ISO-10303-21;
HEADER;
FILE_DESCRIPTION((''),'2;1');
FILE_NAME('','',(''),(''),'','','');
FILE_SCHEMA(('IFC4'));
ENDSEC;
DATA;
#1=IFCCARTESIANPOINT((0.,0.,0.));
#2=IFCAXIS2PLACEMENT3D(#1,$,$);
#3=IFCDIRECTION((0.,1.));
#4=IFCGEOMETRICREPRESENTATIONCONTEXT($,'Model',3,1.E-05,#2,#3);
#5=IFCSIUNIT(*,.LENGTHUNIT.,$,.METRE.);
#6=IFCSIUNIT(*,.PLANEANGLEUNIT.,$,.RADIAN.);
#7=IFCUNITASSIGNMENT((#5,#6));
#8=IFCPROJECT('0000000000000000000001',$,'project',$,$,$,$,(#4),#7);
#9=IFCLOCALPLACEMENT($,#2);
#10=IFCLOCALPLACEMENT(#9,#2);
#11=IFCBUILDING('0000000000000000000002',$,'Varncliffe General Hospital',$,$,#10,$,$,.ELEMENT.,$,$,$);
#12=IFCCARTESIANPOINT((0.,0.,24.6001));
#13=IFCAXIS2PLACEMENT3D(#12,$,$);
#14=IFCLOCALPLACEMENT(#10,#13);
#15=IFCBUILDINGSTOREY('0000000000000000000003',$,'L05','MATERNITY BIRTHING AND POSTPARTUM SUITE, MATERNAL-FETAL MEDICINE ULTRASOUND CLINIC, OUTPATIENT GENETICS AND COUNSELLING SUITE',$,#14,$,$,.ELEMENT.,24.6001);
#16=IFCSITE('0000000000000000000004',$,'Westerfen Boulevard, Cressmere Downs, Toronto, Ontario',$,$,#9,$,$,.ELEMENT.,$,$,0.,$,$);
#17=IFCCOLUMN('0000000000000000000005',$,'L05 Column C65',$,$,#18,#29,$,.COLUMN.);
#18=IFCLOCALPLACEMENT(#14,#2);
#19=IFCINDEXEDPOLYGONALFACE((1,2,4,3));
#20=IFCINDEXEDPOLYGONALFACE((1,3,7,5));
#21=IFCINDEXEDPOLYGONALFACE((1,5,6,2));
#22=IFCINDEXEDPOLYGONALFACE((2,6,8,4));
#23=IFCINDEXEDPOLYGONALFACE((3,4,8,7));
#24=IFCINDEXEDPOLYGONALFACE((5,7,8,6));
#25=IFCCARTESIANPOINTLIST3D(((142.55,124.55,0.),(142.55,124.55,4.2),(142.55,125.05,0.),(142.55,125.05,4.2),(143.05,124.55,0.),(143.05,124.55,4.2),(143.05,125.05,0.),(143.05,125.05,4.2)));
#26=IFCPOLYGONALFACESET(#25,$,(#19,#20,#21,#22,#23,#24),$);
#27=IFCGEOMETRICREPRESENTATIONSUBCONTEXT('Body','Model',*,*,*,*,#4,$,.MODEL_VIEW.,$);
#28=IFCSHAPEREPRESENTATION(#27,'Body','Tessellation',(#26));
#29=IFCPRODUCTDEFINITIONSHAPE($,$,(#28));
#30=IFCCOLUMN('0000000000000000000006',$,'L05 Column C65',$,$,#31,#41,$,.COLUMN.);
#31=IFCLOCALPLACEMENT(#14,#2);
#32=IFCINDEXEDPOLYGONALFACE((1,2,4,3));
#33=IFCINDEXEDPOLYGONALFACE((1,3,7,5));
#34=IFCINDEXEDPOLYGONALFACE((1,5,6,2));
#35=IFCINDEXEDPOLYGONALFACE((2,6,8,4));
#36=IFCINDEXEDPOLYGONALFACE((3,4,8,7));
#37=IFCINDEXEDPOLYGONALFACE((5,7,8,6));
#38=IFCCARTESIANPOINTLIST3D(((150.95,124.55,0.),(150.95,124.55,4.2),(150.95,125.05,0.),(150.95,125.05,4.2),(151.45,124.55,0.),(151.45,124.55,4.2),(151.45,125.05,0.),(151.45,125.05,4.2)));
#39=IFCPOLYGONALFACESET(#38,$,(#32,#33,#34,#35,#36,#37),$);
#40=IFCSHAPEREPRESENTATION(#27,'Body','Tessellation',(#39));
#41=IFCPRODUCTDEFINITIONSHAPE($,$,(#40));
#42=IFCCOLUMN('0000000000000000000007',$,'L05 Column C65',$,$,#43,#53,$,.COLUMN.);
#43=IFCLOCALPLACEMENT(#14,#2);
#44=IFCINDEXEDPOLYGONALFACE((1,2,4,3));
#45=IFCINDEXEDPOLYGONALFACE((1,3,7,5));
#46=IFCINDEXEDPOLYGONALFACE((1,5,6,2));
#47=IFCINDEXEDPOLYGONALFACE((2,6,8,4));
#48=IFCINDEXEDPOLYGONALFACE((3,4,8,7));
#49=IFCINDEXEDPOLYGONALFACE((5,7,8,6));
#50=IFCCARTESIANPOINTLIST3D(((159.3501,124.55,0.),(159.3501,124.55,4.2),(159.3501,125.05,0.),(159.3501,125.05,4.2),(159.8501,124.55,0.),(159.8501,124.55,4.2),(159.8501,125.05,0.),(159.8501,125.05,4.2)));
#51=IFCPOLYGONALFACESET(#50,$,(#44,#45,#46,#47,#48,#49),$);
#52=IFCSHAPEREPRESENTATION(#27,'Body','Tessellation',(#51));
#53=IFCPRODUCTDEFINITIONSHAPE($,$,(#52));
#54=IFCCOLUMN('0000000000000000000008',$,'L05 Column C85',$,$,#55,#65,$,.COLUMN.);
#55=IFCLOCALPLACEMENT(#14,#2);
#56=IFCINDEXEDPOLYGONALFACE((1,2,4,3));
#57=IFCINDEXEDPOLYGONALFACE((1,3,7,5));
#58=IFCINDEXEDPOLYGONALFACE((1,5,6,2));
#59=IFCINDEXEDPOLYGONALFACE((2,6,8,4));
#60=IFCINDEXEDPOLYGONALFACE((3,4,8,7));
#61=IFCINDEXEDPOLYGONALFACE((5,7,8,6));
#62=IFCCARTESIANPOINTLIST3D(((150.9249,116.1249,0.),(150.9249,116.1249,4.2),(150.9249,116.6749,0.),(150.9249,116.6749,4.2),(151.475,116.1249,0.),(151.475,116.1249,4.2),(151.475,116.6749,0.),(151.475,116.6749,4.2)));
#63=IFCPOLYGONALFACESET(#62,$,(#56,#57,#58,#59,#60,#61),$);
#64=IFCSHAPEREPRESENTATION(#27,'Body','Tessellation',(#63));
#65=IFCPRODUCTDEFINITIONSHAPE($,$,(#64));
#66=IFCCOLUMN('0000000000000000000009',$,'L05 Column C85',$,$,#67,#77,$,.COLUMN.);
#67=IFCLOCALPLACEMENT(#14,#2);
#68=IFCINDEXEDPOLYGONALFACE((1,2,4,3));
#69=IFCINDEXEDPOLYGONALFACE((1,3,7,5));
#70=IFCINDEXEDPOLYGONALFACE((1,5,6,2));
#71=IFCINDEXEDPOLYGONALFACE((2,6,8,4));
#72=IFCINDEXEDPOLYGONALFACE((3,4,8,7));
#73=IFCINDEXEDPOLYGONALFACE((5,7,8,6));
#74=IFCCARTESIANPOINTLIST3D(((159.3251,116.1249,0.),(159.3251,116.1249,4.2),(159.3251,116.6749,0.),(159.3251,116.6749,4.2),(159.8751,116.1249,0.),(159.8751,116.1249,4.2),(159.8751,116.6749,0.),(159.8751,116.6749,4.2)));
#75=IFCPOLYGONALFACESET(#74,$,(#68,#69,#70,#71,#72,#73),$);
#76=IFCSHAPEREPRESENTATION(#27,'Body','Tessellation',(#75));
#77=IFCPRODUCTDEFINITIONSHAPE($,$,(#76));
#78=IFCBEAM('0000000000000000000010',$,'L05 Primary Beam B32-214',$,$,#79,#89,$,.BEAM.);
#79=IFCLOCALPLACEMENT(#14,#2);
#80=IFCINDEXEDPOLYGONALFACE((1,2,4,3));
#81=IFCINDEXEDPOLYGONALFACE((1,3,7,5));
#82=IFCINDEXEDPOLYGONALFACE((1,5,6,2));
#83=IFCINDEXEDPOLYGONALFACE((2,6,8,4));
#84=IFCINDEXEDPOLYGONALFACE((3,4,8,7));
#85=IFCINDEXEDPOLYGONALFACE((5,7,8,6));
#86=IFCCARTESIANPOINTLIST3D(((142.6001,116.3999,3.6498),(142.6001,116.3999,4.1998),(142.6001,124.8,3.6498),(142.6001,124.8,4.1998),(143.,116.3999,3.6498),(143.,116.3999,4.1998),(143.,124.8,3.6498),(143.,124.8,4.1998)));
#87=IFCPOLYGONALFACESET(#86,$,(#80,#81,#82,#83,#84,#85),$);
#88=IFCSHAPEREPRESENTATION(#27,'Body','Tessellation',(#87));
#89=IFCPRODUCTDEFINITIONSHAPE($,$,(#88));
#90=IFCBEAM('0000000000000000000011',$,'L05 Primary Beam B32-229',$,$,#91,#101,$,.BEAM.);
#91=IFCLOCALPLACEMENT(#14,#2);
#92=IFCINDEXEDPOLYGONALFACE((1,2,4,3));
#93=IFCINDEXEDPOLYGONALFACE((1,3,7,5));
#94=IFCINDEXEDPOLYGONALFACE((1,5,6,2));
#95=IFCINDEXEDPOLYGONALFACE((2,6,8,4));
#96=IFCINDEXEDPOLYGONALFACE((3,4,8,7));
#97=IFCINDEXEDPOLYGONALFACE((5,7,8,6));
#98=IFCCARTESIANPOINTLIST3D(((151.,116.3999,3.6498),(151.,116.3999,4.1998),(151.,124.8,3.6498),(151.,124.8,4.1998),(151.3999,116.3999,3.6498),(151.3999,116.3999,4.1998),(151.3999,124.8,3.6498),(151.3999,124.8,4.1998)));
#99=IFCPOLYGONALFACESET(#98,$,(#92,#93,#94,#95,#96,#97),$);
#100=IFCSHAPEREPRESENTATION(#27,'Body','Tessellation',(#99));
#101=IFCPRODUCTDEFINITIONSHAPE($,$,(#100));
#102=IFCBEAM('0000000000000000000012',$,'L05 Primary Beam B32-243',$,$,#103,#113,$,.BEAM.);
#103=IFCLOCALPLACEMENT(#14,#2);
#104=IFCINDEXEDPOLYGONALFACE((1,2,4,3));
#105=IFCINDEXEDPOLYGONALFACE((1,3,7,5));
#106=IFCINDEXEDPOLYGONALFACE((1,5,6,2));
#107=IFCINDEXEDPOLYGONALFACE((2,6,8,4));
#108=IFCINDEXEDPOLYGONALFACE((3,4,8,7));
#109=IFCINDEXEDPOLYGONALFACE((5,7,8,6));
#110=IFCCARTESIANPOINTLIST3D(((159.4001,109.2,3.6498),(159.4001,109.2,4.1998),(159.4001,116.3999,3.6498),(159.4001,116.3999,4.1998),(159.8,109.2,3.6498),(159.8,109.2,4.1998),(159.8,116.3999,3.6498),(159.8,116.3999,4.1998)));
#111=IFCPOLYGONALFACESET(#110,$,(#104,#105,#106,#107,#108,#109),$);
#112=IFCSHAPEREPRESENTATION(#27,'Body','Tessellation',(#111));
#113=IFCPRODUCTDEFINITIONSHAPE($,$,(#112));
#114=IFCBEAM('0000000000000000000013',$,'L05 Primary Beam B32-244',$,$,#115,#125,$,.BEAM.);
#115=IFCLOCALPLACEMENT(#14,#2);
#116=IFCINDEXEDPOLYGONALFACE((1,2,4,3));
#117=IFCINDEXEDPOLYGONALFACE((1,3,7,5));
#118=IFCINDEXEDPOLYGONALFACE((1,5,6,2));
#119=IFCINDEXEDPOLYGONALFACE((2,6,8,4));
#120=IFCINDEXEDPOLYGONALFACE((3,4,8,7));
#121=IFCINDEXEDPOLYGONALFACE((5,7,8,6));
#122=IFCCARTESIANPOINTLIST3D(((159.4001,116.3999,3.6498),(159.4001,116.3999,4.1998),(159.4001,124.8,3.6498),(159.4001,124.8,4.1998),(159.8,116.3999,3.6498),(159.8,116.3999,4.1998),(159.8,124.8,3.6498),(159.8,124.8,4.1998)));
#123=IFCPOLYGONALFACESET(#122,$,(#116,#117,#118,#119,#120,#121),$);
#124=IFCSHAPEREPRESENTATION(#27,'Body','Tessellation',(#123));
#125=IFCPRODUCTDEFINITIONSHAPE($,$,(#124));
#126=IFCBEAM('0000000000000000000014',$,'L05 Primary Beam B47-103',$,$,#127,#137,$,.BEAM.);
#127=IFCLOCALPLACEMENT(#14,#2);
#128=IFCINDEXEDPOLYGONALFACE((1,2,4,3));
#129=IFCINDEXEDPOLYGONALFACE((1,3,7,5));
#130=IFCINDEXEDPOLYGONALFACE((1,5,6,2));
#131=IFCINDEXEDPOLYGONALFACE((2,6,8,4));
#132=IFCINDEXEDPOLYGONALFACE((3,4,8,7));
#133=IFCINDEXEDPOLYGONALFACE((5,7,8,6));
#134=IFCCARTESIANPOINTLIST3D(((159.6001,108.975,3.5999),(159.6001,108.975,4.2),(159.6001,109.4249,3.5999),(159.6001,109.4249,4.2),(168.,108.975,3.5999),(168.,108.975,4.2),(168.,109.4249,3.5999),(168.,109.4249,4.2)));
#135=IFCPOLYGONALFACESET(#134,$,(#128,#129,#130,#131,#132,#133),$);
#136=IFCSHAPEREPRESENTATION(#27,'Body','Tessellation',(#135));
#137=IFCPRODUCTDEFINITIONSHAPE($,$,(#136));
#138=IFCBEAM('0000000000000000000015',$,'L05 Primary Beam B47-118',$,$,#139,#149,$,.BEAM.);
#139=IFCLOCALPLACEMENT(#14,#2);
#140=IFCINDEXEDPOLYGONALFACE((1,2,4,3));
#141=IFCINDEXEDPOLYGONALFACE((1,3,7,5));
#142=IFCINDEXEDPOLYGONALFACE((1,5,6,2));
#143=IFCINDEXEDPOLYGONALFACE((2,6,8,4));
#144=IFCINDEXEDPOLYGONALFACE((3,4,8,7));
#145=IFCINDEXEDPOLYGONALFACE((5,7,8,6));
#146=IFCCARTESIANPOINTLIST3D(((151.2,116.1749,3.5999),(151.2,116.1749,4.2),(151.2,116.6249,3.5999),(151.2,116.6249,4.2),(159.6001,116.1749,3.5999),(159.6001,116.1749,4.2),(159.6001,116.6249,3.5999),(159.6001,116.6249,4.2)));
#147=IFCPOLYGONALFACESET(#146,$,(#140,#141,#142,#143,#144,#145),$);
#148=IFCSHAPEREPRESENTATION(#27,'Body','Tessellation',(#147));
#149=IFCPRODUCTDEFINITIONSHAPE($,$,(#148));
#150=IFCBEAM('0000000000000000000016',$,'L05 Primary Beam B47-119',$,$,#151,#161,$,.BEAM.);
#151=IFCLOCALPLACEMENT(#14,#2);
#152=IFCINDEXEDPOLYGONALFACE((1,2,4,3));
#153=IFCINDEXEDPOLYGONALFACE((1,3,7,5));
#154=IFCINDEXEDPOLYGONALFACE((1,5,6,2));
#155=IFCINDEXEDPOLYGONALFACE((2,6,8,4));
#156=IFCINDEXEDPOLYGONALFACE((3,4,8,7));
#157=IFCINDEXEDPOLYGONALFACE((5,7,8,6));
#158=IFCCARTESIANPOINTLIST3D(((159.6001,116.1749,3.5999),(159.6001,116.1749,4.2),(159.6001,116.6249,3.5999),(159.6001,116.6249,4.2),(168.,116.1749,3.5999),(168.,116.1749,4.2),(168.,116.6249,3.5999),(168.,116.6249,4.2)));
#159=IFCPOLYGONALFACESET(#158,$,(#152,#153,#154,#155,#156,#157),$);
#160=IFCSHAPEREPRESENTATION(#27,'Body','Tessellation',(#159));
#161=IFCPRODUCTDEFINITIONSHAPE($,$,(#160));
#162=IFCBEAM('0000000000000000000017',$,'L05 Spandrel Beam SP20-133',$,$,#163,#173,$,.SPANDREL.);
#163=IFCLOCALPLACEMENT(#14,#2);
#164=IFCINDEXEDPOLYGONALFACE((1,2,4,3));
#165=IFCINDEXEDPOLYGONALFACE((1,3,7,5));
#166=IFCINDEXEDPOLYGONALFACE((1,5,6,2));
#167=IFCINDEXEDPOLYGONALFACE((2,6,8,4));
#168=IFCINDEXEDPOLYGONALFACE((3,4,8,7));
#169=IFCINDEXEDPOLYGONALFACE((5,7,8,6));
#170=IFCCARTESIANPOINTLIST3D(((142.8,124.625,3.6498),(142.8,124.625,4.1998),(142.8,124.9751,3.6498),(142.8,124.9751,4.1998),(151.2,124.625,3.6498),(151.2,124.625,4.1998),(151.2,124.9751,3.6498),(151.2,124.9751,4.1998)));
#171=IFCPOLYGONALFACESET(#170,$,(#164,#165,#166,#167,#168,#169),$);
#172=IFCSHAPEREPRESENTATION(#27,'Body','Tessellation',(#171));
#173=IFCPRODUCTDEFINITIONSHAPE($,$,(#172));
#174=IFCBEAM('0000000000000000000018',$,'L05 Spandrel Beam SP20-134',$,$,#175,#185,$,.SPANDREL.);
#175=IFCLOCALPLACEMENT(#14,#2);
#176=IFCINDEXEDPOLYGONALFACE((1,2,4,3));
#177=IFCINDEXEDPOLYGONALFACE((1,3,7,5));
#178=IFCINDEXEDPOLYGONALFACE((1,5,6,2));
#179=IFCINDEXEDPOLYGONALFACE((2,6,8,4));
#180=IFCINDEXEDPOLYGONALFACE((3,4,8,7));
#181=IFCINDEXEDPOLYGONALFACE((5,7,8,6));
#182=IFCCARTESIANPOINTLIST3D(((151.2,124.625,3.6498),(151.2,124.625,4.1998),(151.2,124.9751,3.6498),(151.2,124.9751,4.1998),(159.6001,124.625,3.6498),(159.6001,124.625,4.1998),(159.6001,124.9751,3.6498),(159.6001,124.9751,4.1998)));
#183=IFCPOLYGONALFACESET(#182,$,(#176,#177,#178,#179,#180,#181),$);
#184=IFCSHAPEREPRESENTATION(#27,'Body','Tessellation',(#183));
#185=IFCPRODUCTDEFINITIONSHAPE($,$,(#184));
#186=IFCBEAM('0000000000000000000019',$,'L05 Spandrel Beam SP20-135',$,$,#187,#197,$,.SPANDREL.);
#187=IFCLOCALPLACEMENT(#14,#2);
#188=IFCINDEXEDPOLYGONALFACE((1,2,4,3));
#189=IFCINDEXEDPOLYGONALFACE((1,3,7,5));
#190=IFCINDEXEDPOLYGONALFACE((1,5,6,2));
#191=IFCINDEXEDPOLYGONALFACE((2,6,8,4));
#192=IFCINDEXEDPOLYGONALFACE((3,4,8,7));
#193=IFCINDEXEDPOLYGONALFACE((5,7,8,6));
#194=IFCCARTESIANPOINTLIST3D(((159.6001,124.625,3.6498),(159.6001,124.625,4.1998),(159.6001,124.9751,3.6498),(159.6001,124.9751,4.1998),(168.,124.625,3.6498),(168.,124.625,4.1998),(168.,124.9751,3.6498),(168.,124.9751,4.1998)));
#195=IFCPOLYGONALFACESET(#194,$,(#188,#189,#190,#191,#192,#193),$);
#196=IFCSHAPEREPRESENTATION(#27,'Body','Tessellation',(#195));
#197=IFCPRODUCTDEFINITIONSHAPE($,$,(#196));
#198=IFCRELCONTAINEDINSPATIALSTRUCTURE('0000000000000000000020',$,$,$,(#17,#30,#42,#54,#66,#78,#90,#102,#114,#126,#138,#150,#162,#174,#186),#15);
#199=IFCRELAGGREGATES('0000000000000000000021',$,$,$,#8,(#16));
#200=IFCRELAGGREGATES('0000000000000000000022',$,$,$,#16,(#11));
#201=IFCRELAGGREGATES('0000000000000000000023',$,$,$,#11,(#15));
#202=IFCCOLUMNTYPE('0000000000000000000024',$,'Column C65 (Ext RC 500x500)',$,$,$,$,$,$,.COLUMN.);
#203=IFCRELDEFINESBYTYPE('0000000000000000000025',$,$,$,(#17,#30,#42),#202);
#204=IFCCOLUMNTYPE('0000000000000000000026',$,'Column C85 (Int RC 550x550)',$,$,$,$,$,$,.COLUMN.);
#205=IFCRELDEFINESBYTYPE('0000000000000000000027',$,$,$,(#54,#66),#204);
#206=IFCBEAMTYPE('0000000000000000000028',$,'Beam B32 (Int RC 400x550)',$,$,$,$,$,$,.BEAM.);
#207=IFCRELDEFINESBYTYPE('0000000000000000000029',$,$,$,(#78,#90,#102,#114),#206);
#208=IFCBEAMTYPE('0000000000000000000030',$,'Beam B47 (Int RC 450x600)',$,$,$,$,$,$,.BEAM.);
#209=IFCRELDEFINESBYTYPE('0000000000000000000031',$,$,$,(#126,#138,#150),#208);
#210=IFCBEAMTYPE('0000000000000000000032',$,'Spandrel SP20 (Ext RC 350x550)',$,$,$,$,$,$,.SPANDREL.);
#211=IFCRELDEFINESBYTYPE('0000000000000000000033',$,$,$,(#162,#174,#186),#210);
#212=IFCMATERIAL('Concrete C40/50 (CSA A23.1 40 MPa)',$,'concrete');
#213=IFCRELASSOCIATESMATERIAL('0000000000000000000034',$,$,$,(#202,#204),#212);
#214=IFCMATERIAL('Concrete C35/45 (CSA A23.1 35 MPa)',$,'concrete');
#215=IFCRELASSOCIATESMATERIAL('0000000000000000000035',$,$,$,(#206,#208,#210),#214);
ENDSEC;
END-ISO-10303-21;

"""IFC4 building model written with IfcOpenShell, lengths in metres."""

from ifc_helpers import new_model, si_unit, direction, frame, origin, origin_2d, place, context, subcontext, project, spatial, rectangle, extrude, material, material_profile, profile_set, type_object, element, save


model = new_model("IFC4")

# Units and contexts
model_context = context("Model", 3, precision=1e-05, world=origin(), true_north=direction((0.0, 1.0)))
body_context = subcontext(model_context, "Body", "Model", "MODEL_VIEW")
ifc_project = project(units=[si_unit("LENGTHUNIT", "METRE"), si_unit("PLANEANGLEUNIT", "RADIAN")], contexts=[model_context])

# Site, building, storey
site_placement = place(None, origin())
site = spatial("IfcSite", under=ifc_project, at=site_placement, Name="Westerfen Boulevard, Cressmere Downs, Toronto, Ontario", CompositionType="ELEMENT", RefElevation=0.0)
building_placement = place(site_placement, origin())
building = spatial("IfcBuilding", under=site, at=building_placement, Name="Varncliffe General Hospital", CompositionType="ELEMENT")
storey_placement = place(building_placement, frame((0.0, 0.0, 24.6001)))
storey = spatial("IfcBuildingStorey", under=building, at=storey_placement, Name="L05", Description="MATERNITY BIRTHING AND POSTPARTUM SUITE, MATERNAL-FETAL MEDICINE ULTRASOUND CLINIC, OUTPATIENT GENETICS AND COUNSELLING SUITE", CompositionType="ELEMENT", Elevation=24.6001)

# Columns
ifc_material_1 = material(Name="Concrete C40/50 (CSA A23.1 40 MPa)", Category="concrete")
ifc_material_profile_1 = material_profile(ifc_material_1, rectangle(XDim=0.5, YDim=0.5, at=origin_2d()), Name="RC 500x500")
ifc_profile_set_1 = profile_set([ifc_material_profile_1], Name="Concrete C40/50 (CSA A23.1 40 MPa)")
column_type_1 = type_object("IfcColumnType", Name="Column C65 (Ext RC 500x500)", PredefinedType="COLUMN", material=ifc_profile_set_1)
for number, where, z_axis, x_axis, name in (
    (1, (142.8, 124.8, 0.0), (0.0, 0.0, 1.0), (1.0, 0.0, 0.0), "L05 Column C65"),
    (2, (151.2, 124.8, 0.0), (0.0, 0.0, 1.0), (1.0, 0.0, 0.0), "L05 Column C65"),
    (3, (159.6001, 124.8, 0.0), (0.0, 0.0, 1.0), (1.0, 0.0, 0.0), "L05 Column C65"),
):
    element("IfcColumn", number, at=place(storey_placement, frame(where, z_axis=z_axis, x_axis=x_axis)), inside=storey, type_object=column_type_1, Name=name, PredefinedType="COLUMN", context=body_context, shape_type="SweptSolid", body=[
        extrude(rectangle(XDim=0.5, YDim=0.5, at=origin_2d()), origin(), (0.0, 0.0, 1.0), 4.2),
    ])
ifc_material_profile_2 = material_profile(ifc_material_1, rectangle(XDim=0.55, YDim=0.55, at=origin_2d()), Name="RC 550x550")
ifc_profile_set_2 = profile_set([ifc_material_profile_2], Name="Concrete C40/50 (CSA A23.1 40 MPa)")
column_type_2 = type_object("IfcColumnType", Name="Column C85 (Int RC 550x550)", PredefinedType="COLUMN", material=ifc_profile_set_2)
for number, where, z_axis, x_axis, name in (
    (4, (151.2, 116.3999, 0.0), (0.0, 0.0, 1.0), (1.0, 0.0, 0.0), "L05 Column C85"),
    (5, (159.6001, 116.3999, 0.0), (0.0, 0.0, 1.0), (1.0, 0.0, 0.0), "L05 Column C85"),
):
    element("IfcColumn", number, at=place(storey_placement, frame(where, z_axis=z_axis, x_axis=x_axis)), inside=storey, type_object=column_type_2, Name=name, PredefinedType="COLUMN", context=body_context, shape_type="SweptSolid", body=[
        extrude(rectangle(XDim=0.55, YDim=0.55, at=origin_2d()), origin(), (0.0, 0.0, 1.0), 4.2),
    ])

# Beams
ifc_material_2 = material(Name="Concrete C35/45 (CSA A23.1 35 MPa)", Category="concrete")
ifc_material_profile_3 = material_profile(ifc_material_2, rectangle(XDim=0.3999, YDim=0.55, at=origin_2d()), Name="RC 400x550")
ifc_profile_set_3 = profile_set([ifc_material_profile_3], Name="Concrete C35/45 (CSA A23.1 35 MPa)")
beam_type_1 = type_object("IfcBeamType", Name="Beam B32 (Int RC 400x550)", PredefinedType="BEAM", material=ifc_profile_set_3)
for number, where, z_axis, x_axis, name in (
    (6, (142.8, 116.3999, 3.9248), (0.0, 1.0, 0.0), (-1.0, 0.0, 0.0), "L05 Primary Beam B32-214"),
    (7, (151.2, 116.3999, 3.9248), (0.0, 1.0, 0.0), (-1.0, 0.0, 0.0), "L05 Primary Beam B32-229"),
):
    element("IfcBeam", number, at=place(storey_placement, frame(where, z_axis=z_axis, x_axis=x_axis)), inside=storey, type_object=beam_type_1, Name=name, PredefinedType="BEAM", context=body_context, shape_type="SweptSolid", body=[
        extrude(rectangle(XDim=0.3999, YDim=0.55, at=origin_2d()), origin(), (0.0, 0.0, 1.0), 8.4001),
    ])
beam_1_placement = place(storey_placement, frame((159.6001, 109.2, 3.9248), z_axis=(0.0, 1.0, 0.0), x_axis=(-1.0, 0.0, 0.0)))
element("IfcBeam", 8, at=beam_1_placement, inside=storey, type_object=beam_type_1, Name="L05 Primary Beam B32-243", PredefinedType="BEAM", context=body_context, shape_type="SweptSolid", body=[
    extrude(rectangle(XDim=0.3999, YDim=0.55, at=origin_2d()), origin(), (0.0, 0.0, 1.0), 7.2),
])
beam_2_placement = place(storey_placement, frame((159.6001, 116.3999, 3.9248), z_axis=(0.0, 1.0, 0.0), x_axis=(-1.0, 0.0, 0.0)))
element("IfcBeam", 9, at=beam_2_placement, inside=storey, type_object=beam_type_1, Name="L05 Primary Beam B32-244", PredefinedType="BEAM", context=body_context, shape_type="SweptSolid", body=[
    extrude(rectangle(XDim=0.3999, YDim=0.55, at=origin_2d()), origin(), (0.0, 0.0, 1.0), 8.4001),
])
ifc_material_profile_4 = material_profile(ifc_material_2, rectangle(XDim=0.45, YDim=0.6001, at=origin_2d()), Name="RC 450x600")
ifc_profile_set_4 = profile_set([ifc_material_profile_4], Name="Concrete C35/45 (CSA A23.1 35 MPa)")
beam_type_2 = type_object("IfcBeamType", Name="Beam B47 (Int RC 450x600)", PredefinedType="BEAM", material=ifc_profile_set_4)
beam_3_placement = place(storey_placement, frame((159.6001, 109.2, 3.8999), z_axis=(1.0, 0.0, 0.0), x_axis=(0.0, 1.0, 0.0)))
element("IfcBeam", 10, at=beam_3_placement, inside=storey, type_object=beam_type_2, Name="L05 Primary Beam B47-103", PredefinedType="BEAM", context=body_context, shape_type="SweptSolid", body=[
    extrude(rectangle(XDim=0.45, YDim=0.6001, at=origin_2d()), origin(), (0.0, 0.0, 1.0), 8.3999),
])
beam_4_placement = place(storey_placement, frame((151.2, 116.3999, 3.8999), z_axis=(1.0, 0.0, 0.0), x_axis=(0.0, 1.0, 0.0)))
element("IfcBeam", 11, at=beam_4_placement, inside=storey, type_object=beam_type_2, Name="L05 Primary Beam B47-118", PredefinedType="BEAM", context=body_context, shape_type="SweptSolid", body=[
    extrude(rectangle(XDim=0.45, YDim=0.6001, at=origin_2d()), origin(), (0.0, 0.0, 1.0), 8.4001),
])
beam_5_placement = place(storey_placement, frame((159.6001, 116.3999, 3.8999), z_axis=(1.0, 0.0, 0.0), x_axis=(0.0, 1.0, 0.0)))
element("IfcBeam", 12, at=beam_5_placement, inside=storey, type_object=beam_type_2, Name="L05 Primary Beam B47-119", PredefinedType="BEAM", context=body_context, shape_type="SweptSolid", body=[
    extrude(rectangle(XDim=0.45, YDim=0.6001, at=origin_2d()), origin(), (0.0, 0.0, 1.0), 8.3999),
])
ifc_material_profile_5 = material_profile(ifc_material_2, rectangle(XDim=0.3501, YDim=0.55, at=origin_2d()), Name="RC 350x550")
ifc_profile_set_5 = profile_set([ifc_material_profile_5], Name="Concrete C35/45 (CSA A23.1 35 MPa)")
beam_type_3 = type_object("IfcBeamType", Name="Spandrel SP20 (Ext RC 350x550)", PredefinedType="SPANDREL", material=ifc_profile_set_5)
beam_6_placement = place(storey_placement, frame((142.8, 124.8, 3.9248), z_axis=(1.0, 0.0, 0.0), x_axis=(0.0, 1.0, 0.0)))
element("IfcBeam", 13, at=beam_6_placement, inside=storey, type_object=beam_type_3, Name="L05 Spandrel Beam SP20-133", PredefinedType="SPANDREL", context=body_context, shape_type="SweptSolid", body=[
    extrude(rectangle(XDim=0.3501, YDim=0.55, at=origin_2d()), origin(), (0.0, 0.0, 1.0), 8.3999),
])
beam_7_placement = place(storey_placement, frame((151.2, 124.8, 3.9248), z_axis=(1.0, 0.0, 0.0), x_axis=(0.0, 1.0, 0.0)))
element("IfcBeam", 14, at=beam_7_placement, inside=storey, type_object=beam_type_3, Name="L05 Spandrel Beam SP20-134", PredefinedType="SPANDREL", context=body_context, shape_type="SweptSolid", body=[
    extrude(rectangle(XDim=0.3501, YDim=0.55, at=origin_2d()), origin(), (0.0, 0.0, 1.0), 8.4001),
])
beam_8_placement = place(storey_placement, frame((159.6001, 124.8, 3.9248), z_axis=(1.0, 0.0, 0.0), x_axis=(0.0, 1.0, 0.0)))
element("IfcBeam", 15, at=beam_8_placement, inside=storey, type_object=beam_type_3, Name="L05 Spandrel Beam SP20-135", PredefinedType="SPANDREL", context=body_context, shape_type="SweptSolid", body=[
    extrude(rectangle(XDim=0.3501, YDim=0.55, at=origin_2d()), origin(), (0.0, 0.0, 1.0), 8.3999),
])

save(model, "model.ifc")
